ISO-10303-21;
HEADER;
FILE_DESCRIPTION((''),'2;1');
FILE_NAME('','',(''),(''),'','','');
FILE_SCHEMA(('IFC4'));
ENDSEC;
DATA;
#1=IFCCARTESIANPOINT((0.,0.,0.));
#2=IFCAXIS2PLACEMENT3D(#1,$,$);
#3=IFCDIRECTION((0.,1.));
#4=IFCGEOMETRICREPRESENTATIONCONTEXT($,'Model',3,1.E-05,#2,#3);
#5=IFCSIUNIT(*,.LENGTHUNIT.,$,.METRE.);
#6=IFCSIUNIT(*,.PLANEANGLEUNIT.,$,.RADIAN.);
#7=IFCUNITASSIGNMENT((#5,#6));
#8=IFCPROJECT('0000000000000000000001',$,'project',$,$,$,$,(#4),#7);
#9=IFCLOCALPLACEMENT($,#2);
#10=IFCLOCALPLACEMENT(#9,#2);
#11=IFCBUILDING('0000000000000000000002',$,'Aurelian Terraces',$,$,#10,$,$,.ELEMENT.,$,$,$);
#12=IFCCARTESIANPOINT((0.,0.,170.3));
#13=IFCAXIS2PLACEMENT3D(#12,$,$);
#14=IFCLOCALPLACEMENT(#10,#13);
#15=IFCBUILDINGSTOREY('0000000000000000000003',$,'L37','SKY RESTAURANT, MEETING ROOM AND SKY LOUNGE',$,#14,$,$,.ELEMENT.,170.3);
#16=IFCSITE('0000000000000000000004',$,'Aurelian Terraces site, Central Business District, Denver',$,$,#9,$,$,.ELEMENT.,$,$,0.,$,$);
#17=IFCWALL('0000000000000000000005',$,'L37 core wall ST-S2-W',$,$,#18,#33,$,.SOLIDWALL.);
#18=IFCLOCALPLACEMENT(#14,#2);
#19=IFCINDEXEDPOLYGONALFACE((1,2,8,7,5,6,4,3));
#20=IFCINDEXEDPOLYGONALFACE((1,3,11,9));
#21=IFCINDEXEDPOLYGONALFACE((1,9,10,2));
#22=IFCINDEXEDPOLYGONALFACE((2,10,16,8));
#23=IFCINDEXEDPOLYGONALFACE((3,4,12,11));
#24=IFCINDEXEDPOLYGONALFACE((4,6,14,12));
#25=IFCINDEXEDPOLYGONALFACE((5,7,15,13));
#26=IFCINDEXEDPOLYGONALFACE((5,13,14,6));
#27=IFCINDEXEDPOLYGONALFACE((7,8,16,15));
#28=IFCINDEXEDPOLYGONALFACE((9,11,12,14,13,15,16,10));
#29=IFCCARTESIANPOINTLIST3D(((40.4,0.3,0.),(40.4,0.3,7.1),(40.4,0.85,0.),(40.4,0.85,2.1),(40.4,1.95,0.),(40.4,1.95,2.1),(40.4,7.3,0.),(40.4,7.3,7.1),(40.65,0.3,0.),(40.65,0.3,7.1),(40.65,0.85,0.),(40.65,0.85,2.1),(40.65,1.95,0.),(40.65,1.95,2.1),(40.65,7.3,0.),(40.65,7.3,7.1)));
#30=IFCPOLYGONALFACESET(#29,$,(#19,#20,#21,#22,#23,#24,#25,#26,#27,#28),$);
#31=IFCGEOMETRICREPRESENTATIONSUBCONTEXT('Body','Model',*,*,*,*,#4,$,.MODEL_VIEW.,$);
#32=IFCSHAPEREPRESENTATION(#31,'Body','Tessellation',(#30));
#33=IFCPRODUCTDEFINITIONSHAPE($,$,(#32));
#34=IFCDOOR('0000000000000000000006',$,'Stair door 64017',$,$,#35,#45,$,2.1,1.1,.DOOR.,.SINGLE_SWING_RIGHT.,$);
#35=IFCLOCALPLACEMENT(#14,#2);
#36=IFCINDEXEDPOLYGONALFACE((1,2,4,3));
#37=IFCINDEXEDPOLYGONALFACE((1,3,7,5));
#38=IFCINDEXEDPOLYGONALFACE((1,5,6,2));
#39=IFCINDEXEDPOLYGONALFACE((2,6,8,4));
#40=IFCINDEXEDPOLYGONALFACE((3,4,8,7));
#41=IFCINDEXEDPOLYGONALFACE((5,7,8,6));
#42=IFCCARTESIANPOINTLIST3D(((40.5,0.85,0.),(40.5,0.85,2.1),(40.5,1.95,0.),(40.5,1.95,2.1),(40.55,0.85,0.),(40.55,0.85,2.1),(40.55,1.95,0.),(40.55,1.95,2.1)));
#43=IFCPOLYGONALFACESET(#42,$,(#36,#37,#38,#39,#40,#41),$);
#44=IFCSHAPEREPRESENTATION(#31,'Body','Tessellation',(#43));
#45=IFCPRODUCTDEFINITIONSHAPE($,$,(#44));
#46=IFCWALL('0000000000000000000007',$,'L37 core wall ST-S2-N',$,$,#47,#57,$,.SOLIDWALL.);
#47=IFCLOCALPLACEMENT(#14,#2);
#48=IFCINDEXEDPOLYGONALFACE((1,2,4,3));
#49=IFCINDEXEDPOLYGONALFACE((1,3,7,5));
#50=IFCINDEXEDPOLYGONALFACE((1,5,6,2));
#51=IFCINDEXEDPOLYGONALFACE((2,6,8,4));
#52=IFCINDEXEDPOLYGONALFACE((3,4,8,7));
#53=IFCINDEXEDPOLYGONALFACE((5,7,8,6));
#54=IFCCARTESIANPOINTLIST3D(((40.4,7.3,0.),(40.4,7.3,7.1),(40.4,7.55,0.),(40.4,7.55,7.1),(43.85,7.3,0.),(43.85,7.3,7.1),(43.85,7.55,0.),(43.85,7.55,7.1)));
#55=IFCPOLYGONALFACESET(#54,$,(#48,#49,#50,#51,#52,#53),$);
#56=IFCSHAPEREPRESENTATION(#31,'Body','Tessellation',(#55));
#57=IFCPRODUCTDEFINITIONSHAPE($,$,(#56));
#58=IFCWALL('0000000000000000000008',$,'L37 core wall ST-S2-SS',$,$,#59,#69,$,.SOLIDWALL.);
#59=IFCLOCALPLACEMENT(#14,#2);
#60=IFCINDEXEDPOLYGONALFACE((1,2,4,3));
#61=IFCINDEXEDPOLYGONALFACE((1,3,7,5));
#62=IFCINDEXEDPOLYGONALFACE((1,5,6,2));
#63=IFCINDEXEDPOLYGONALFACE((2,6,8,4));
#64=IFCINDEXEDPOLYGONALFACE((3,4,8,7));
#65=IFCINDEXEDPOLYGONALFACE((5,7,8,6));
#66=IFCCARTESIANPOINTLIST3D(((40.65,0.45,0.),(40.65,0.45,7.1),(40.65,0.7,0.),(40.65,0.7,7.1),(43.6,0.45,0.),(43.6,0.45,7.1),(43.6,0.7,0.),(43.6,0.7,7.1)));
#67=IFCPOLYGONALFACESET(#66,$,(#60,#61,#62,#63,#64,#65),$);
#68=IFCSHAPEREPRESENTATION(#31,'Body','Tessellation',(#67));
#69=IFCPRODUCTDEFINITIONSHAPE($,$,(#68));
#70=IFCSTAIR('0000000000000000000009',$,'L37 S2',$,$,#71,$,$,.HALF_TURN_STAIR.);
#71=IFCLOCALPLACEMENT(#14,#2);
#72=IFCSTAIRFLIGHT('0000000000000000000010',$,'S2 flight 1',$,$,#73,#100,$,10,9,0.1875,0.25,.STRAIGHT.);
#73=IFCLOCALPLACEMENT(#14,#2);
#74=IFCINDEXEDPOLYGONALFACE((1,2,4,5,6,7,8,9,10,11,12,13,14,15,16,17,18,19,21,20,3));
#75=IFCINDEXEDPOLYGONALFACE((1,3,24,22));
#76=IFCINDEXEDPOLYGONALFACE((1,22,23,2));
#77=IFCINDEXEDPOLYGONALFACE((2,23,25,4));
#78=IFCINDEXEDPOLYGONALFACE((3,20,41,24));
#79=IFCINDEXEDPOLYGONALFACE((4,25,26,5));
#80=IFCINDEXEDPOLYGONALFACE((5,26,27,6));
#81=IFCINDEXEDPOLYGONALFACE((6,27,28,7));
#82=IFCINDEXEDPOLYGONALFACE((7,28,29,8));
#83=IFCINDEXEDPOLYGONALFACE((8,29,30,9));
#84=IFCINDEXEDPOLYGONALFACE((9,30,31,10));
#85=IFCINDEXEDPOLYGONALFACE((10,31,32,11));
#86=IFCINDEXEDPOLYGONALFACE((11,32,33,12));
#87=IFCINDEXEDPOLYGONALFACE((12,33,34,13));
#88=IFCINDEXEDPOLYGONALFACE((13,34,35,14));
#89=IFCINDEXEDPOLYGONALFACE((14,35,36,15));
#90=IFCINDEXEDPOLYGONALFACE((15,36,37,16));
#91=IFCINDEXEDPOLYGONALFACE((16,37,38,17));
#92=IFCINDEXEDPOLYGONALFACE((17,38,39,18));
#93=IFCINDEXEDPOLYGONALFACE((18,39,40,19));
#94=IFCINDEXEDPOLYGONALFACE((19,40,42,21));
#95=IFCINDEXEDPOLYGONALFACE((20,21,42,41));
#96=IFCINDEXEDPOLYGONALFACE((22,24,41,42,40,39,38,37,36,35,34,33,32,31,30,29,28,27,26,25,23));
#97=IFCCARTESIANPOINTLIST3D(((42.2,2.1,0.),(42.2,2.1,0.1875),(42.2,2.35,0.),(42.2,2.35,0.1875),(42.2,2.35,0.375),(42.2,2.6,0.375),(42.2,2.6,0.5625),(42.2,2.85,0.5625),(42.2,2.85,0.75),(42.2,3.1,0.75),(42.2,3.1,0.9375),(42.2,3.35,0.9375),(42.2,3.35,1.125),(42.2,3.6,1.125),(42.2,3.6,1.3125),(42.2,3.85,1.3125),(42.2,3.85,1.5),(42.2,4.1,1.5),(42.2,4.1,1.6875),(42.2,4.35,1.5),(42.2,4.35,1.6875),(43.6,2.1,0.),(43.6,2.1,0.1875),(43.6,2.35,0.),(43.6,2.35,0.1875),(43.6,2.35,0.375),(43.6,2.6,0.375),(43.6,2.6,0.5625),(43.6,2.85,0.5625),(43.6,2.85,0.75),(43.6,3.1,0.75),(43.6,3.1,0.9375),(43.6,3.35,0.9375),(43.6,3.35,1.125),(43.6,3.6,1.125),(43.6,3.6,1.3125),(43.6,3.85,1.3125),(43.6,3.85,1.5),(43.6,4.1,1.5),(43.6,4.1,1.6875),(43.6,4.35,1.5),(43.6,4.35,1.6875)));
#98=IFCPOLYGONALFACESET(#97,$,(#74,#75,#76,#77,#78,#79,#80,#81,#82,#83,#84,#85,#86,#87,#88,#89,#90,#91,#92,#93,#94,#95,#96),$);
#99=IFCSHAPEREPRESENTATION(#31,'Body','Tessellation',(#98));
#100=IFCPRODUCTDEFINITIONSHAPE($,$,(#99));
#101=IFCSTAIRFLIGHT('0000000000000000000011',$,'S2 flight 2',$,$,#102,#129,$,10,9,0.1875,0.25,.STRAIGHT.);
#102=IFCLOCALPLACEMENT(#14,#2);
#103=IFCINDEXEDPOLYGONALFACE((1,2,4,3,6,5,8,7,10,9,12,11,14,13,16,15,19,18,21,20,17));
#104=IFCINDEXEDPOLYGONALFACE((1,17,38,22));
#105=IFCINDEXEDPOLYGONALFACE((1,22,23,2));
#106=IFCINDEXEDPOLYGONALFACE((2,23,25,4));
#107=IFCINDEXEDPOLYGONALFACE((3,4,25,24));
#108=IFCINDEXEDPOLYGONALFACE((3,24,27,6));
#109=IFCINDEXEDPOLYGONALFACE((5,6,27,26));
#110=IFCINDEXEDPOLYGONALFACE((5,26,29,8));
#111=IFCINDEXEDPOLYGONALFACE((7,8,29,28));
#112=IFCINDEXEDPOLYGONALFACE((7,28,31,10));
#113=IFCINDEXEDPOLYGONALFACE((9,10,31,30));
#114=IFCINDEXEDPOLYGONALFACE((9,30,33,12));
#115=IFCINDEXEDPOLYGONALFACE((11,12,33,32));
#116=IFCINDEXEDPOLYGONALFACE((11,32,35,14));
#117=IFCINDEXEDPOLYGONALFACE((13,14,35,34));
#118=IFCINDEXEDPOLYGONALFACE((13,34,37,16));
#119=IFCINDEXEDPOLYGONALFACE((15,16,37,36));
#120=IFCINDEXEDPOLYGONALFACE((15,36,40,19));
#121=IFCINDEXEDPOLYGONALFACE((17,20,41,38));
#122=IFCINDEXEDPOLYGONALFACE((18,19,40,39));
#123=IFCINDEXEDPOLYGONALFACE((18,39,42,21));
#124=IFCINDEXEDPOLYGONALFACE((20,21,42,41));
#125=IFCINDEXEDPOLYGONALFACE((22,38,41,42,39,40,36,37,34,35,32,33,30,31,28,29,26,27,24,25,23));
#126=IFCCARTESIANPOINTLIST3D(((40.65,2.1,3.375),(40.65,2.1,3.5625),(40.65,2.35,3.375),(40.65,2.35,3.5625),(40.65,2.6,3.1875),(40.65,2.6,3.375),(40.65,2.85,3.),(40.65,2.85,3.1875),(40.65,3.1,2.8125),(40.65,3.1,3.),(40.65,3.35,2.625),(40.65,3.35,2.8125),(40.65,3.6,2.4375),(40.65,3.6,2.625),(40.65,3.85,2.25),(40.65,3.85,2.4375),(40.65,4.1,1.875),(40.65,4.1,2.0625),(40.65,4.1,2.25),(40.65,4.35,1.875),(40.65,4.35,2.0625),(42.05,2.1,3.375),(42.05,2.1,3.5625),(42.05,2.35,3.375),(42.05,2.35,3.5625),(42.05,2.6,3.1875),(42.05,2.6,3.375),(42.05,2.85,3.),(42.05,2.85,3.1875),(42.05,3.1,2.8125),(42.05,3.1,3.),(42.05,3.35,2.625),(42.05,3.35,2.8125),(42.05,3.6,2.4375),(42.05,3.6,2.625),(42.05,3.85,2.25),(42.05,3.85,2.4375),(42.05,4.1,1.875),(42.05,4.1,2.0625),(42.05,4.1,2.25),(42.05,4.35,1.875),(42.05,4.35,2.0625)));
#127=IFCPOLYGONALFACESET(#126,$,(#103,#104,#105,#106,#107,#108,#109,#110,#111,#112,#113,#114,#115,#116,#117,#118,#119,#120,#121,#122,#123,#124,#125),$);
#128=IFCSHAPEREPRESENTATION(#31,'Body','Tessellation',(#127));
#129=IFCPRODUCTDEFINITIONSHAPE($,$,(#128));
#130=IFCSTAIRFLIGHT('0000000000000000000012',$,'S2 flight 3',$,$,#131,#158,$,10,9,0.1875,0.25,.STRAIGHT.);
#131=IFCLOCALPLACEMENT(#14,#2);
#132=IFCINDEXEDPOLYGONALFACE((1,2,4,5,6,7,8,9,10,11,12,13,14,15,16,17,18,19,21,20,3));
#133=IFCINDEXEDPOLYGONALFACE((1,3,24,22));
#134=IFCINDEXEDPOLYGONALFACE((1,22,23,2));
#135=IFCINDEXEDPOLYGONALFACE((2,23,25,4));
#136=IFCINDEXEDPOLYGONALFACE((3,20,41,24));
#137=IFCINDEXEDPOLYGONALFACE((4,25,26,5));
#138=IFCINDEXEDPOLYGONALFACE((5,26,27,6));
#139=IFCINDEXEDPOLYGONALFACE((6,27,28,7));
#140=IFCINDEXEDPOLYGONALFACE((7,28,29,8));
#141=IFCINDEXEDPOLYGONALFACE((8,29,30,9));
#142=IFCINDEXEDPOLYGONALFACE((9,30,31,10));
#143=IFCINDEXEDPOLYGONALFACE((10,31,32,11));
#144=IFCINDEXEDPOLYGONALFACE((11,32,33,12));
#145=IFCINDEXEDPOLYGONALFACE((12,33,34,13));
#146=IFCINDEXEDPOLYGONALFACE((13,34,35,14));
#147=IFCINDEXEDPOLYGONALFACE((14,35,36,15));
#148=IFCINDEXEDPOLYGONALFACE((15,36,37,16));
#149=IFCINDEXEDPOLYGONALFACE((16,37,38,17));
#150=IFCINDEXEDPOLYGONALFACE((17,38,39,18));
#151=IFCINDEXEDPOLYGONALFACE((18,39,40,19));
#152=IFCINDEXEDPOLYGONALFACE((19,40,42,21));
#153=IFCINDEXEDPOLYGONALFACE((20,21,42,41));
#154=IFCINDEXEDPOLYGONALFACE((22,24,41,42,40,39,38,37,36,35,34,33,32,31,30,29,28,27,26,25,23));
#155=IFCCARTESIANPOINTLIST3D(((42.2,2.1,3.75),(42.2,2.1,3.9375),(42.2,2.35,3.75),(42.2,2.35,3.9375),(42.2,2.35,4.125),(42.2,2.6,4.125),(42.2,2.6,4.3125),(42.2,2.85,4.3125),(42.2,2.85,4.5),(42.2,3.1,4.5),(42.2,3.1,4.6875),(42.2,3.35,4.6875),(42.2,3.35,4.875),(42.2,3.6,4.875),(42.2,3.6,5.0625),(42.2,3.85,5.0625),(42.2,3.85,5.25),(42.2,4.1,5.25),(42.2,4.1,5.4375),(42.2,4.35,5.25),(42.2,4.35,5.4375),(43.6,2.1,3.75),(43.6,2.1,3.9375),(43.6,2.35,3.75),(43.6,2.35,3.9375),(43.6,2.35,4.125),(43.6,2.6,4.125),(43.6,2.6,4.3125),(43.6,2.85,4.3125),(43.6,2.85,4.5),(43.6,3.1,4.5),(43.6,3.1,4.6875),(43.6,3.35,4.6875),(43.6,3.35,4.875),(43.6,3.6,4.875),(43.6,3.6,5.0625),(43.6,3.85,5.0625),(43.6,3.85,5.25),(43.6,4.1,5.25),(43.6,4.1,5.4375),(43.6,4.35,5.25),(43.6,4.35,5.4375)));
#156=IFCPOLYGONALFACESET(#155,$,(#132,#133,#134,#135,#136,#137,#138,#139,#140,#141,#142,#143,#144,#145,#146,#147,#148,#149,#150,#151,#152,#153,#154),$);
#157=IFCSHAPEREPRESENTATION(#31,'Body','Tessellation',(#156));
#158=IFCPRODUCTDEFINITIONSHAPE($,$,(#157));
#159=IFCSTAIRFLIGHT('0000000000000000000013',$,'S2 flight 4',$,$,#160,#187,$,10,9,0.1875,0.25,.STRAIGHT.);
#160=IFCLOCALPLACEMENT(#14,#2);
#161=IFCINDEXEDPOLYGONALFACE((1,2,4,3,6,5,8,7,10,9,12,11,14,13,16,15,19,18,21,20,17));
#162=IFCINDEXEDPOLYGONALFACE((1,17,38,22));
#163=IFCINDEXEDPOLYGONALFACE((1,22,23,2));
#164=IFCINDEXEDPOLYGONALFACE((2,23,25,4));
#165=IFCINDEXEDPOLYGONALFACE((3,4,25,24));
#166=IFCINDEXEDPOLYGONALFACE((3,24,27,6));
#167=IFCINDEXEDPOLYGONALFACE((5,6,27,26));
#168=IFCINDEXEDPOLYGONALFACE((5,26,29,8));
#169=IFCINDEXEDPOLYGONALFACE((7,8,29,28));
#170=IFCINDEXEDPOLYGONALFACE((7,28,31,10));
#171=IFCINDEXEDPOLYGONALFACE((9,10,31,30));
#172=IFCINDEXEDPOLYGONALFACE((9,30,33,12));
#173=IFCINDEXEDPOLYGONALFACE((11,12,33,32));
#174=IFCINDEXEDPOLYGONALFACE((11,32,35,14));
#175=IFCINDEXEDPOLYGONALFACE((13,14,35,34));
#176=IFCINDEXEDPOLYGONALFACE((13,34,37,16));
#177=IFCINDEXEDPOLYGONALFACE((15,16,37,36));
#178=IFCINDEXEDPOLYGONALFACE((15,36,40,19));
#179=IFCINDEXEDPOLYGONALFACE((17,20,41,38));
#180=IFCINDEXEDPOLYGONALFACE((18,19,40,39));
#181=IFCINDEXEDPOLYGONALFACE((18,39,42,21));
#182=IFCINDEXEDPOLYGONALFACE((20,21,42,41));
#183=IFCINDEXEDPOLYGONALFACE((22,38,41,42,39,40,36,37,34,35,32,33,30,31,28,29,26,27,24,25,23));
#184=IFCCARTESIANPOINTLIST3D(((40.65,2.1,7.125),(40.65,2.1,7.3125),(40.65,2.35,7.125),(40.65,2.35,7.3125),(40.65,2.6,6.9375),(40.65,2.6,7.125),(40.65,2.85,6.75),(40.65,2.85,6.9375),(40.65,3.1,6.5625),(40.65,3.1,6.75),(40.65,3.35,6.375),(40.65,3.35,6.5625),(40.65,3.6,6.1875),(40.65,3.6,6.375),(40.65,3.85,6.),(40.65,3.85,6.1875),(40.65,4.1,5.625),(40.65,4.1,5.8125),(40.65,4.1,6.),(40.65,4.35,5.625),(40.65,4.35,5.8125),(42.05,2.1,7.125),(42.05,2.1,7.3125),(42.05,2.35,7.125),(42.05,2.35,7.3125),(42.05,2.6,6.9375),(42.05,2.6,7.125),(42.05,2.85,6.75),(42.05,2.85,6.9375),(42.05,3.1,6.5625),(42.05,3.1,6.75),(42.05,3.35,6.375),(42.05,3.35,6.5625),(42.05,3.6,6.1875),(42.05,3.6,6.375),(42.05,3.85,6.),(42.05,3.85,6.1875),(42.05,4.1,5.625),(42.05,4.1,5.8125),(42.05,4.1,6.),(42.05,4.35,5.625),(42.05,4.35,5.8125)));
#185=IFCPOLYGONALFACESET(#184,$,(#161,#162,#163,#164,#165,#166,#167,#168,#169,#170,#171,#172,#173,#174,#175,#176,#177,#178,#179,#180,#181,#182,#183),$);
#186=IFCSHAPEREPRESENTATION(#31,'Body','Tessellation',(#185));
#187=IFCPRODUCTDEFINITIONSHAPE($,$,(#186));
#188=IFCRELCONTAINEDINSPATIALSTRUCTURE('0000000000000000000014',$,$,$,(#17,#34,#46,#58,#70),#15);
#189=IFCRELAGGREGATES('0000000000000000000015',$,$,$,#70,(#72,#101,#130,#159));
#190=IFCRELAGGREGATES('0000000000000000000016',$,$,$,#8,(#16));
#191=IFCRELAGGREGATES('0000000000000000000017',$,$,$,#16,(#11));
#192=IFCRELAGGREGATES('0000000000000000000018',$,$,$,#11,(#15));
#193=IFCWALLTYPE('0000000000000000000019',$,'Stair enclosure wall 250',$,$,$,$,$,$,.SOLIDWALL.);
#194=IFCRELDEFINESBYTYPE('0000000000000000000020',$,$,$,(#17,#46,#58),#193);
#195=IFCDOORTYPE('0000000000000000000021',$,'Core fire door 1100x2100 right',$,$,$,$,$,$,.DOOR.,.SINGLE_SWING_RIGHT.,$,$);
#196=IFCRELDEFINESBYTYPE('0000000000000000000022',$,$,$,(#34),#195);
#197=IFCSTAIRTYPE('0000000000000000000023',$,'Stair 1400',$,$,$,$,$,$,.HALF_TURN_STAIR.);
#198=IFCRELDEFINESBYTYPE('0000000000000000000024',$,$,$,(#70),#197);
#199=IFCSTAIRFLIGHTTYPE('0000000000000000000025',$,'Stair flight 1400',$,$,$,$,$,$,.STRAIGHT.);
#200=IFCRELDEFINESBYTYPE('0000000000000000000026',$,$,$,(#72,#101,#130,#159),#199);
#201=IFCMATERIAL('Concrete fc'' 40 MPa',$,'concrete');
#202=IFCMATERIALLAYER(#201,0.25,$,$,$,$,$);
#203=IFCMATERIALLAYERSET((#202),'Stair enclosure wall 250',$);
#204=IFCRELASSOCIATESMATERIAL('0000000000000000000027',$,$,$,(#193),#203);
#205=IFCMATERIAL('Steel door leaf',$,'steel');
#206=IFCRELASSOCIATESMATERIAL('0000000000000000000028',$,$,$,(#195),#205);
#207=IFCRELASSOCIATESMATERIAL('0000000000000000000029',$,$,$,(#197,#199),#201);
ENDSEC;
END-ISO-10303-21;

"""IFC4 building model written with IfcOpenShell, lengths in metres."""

from ifc_helpers import new_model, si_unit, direction, frame, frame_2d, origin, place, context, subcontext, project, spatial, polyline, rectangle, outline, extrude, source, transform, mapped, material, layer, layer_set, type_object, element, fill, aggregate, save


model = new_model("IFC4")

# Units and contexts
model_context = context("Model", 3, precision=1e-05, world=origin(), true_north=direction((0.0, 1.0)))
body_context = subcontext(model_context, "Body", "Model", "MODEL_VIEW")
ifc_project = project(units=[si_unit("LENGTHUNIT", "METRE"), si_unit("PLANEANGLEUNIT", "RADIAN")], contexts=[model_context])

# Site, building, storey
site_placement = place(None, origin())
site = spatial("IfcSite", under=ifc_project, at=site_placement, Name="Aurelian Terraces site, Central Business District, Denver", CompositionType="ELEMENT", RefElevation=0.0)
building_placement = place(site_placement, origin())
building = spatial("IfcBuilding", under=site, at=building_placement, Name="Aurelian Terraces", CompositionType="ELEMENT")
storey_placement = place(building_placement, frame((0.0, 0.0, 170.3)))
storey = spatial("IfcBuildingStorey", under=building, at=storey_placement, Name="L37", Description="SKY RESTAURANT, MEETING ROOM AND SKY LOUNGE", CompositionType="ELEMENT", Elevation=170.3)

# Shared definitions
ifc_material_1 = material(Name="Steel door leaf", Category="steel")

# Wall, opening, door
ifc_material_2 = material(Name="Concrete fc' 40 MPa", Category="concrete")
ifc_layer_1 = layer(ifc_material_2, 0.25)
ifc_layer_set_1 = layer_set([ifc_layer_1], Name="Stair enclosure wall 250")
wall_type_1 = type_object("IfcWallType", Name="Stair enclosure wall 250", PredefinedType="SOLIDWALL", material=ifc_layer_set_1)
wall_1_placement = place(storey_placement, frame((40.525, 0.3, 0.0), z_axis=(0.0, 0.0, 1.0), x_axis=(0.0, 1.0, 0.0)))
wall_1 = element("IfcWall", 1, at=wall_1_placement, inside=storey, type_object=wall_type_1, Name="L37 core wall ST-S2-W", PredefinedType="SOLIDWALL", context=body_context, shape_type="SweptSolid", body=[
    extrude(rectangle(XDim=7.0, YDim=0.25, at=frame_2d((3.5, 0.0))), origin(), (0.0, 0.0, 1.0), 7.1),
])
shared_shape_1 = source(origin(), body_context, "Body", "SweptSolid", [
    extrude(rectangle(XDim=1.1, YDim=2.1, at=frame_2d((0.55, 1.05))), frame((0.0, 0.135, 0.0), z_axis=(0.0, -1.0, 0.0), x_axis=(1.0, 0.0, 0.0)), (0.0, 0.0, 1.0), 0.27),
])
opening_1_placement = place(wall_1_placement, frame((0.55, 0.0, 0.0)))
opening_1 = element("IfcOpeningElement", 2, at=opening_1_placement, cuts=wall_1, PredefinedType="OPENING", context=body_context, shape_type="MappedRepresentation", body=[
    mapped(shared_shape_1, transform((0.0, 0.0, 0.0), scale=1.0)),
])
door_type_1 = type_object("IfcDoorType", Name="Core fire door 1100x2100 right", OperationType="SINGLE_SWING_RIGHT", PredefinedType="DOOR", material=ifc_material_1)
shared_shape_2 = source(origin(), body_context, "Body", "SweptSolid", [
    extrude(rectangle(XDim=1.1, YDim=2.1, at=frame_2d((0.55, 1.05))), frame((0.0, 0.025, 0.0), z_axis=(0.0, -1.0, 0.0), x_axis=(1.0, 0.0, 0.0)), (0.0, 0.0, 1.0), 0.05),
])
door_1_placement = place(opening_1_placement, origin())
door_1 = element("IfcDoor", 3, at=door_1_placement, inside=storey, type_object=door_type_1, Name="Stair door 64017", OperationType="SINGLE_SWING_RIGHT", OverallHeight=2.1, OverallWidth=1.1, PredefinedType="DOOR", context=body_context, shape_type="MappedRepresentation", body=[
    mapped(shared_shape_2, transform((0.0, 0.0, 0.0), scale=1.0)),
])
fill(opening_1, door_1)

# Walls
wall_2_placement = place(storey_placement, frame((40.4, 7.425, 0.0), z_axis=(0.0, 0.0, 1.0), x_axis=(1.0, 0.0, 0.0)))
element("IfcWall", 4, at=wall_2_placement, inside=storey, type_object=wall_type_1, Name="L37 core wall ST-S2-N", PredefinedType="SOLIDWALL", context=body_context, shape_type="SweptSolid", body=[
    extrude(rectangle(XDim=3.45, YDim=0.25, at=frame_2d((1.725, 0.0))), origin(), (0.0, 0.0, 1.0), 7.1),
])
wall_3_placement = place(storey_placement, frame((40.65, 0.575, 0.0), z_axis=(0.0, 0.0, 1.0), x_axis=(1.0, 0.0, 0.0)))
element("IfcWall", 5, at=wall_3_placement, inside=storey, type_object=wall_type_1, Name="L37 core wall ST-S2-SS", PredefinedType="SOLIDWALL", context=body_context, shape_type="SweptSolid", body=[
    extrude(rectangle(XDim=2.95, YDim=0.25, at=frame_2d((1.475, 0.0))), origin(), (0.0, 0.0, 1.0), 7.1),
])

# Stair, stair flights
stair_type = type_object("IfcStairType", Name="Stair 1400", PredefinedType="HALF_TURN_STAIR", material=ifc_material_2)
stair_placement = place(storey_placement, origin())
stair = element("IfcStair", 6, at=stair_placement, inside=storey, type_object=stair_type, Name="L37 S2", PredefinedType="HALF_TURN_STAIR")
stair_flight_type = type_object("IfcStairFlightType", Name="Stair flight 1400", PredefinedType="STRAIGHT", material=ifc_material_2)
shared_shape_3 = source(origin(), body_context, "Body", "SweptSolid", [
    extrude(outline(polyline([(0.0, 0.0), (0.0, 0.1875), (0.25, 0.1875), (0.25, 0.375), (0.5, 0.375), (0.5, 0.5625), (0.75, 0.5625), (0.75, 0.75), (1.0, 0.75), (1.0, 0.9375), (1.25, 0.9375), (1.25, 1.125), (1.5, 1.125), (1.5, 1.3125), (1.75, 1.3125), (1.75, 1.5), (2.0, 1.5), (2.0, 1.6875), (2.25, 1.6875), (2.25, 1.875), (2.25, 1.5), (0.25, 0.0), (0.0, 0.0)])), frame((0.0, 0.7, 0.0), z_axis=(0.0, -1.0, 0.0), x_axis=(1.0, 0.0, 0.0)), (0.0, 0.0, 1.0), 1.4),
])
stair_flight_1_placement = place(storey_placement, frame((42.9, 2.1, 0.0), z_axis=(0.0, 0.0, 1.0), x_axis=(0.0, 1.0, 0.0)))
stair_flight_1 = element("IfcStairFlight", 7, at=stair_flight_1_placement, type_object=stair_flight_type, Name="S2 flight 1", NumberOfRisers=10, NumberOfTreads=9, PredefinedType="STRAIGHT", RiserHeight=0.1875, TreadLength=0.25, context=body_context, shape_type="MappedRepresentation", body=[
    mapped(shared_shape_3, transform((0.0, 0.0, 0.0), scale=1.0)),
])
stair_flight_2_placement = place(storey_placement, frame((41.35, 4.35, 1.875), z_axis=(0.0, 0.0, 1.0), x_axis=(0.0, -1.0, 0.0)))
stair_flight_2 = element("IfcStairFlight", 8, at=stair_flight_2_placement, type_object=stair_flight_type, Name="S2 flight 2", NumberOfRisers=10, NumberOfTreads=9, PredefinedType="STRAIGHT", RiserHeight=0.1875, TreadLength=0.25, context=body_context, shape_type="MappedRepresentation", body=[
    mapped(shared_shape_3, transform((0.0, 0.0, 0.0), scale=1.0)),
])
stair_flight_3_placement = place(storey_placement, frame((42.9, 2.1, 3.75), z_axis=(0.0, 0.0, 1.0), x_axis=(0.0, 1.0, 0.0)))
stair_flight_3 = element("IfcStairFlight", 9, at=stair_flight_3_placement, type_object=stair_flight_type, Name="S2 flight 3", NumberOfRisers=10, NumberOfTreads=9, PredefinedType="STRAIGHT", RiserHeight=0.1875, TreadLength=0.25, context=body_context, shape_type="MappedRepresentation", body=[
    mapped(shared_shape_3, transform((0.0, 0.0, 0.0), scale=1.0)),
])
stair_flight_4_placement = place(storey_placement, frame((41.35, 4.35, 5.625), z_axis=(0.0, 0.0, 1.0), x_axis=(0.0, -1.0, 0.0)))
stair_flight_4 = element("IfcStairFlight", 10, at=stair_flight_4_placement, type_object=stair_flight_type, Name="S2 flight 4", NumberOfRisers=10, NumberOfTreads=9, PredefinedType="STRAIGHT", RiserHeight=0.1875, TreadLength=0.25, context=body_context, shape_type="MappedRepresentation", body=[
    mapped(shared_shape_3, transform((0.0, 0.0, 0.0), scale=1.0)),
])
aggregate(stair, [stair_flight_1, stair_flight_2, stair_flight_3, stair_flight_4])

save(model, "model.ifc")
